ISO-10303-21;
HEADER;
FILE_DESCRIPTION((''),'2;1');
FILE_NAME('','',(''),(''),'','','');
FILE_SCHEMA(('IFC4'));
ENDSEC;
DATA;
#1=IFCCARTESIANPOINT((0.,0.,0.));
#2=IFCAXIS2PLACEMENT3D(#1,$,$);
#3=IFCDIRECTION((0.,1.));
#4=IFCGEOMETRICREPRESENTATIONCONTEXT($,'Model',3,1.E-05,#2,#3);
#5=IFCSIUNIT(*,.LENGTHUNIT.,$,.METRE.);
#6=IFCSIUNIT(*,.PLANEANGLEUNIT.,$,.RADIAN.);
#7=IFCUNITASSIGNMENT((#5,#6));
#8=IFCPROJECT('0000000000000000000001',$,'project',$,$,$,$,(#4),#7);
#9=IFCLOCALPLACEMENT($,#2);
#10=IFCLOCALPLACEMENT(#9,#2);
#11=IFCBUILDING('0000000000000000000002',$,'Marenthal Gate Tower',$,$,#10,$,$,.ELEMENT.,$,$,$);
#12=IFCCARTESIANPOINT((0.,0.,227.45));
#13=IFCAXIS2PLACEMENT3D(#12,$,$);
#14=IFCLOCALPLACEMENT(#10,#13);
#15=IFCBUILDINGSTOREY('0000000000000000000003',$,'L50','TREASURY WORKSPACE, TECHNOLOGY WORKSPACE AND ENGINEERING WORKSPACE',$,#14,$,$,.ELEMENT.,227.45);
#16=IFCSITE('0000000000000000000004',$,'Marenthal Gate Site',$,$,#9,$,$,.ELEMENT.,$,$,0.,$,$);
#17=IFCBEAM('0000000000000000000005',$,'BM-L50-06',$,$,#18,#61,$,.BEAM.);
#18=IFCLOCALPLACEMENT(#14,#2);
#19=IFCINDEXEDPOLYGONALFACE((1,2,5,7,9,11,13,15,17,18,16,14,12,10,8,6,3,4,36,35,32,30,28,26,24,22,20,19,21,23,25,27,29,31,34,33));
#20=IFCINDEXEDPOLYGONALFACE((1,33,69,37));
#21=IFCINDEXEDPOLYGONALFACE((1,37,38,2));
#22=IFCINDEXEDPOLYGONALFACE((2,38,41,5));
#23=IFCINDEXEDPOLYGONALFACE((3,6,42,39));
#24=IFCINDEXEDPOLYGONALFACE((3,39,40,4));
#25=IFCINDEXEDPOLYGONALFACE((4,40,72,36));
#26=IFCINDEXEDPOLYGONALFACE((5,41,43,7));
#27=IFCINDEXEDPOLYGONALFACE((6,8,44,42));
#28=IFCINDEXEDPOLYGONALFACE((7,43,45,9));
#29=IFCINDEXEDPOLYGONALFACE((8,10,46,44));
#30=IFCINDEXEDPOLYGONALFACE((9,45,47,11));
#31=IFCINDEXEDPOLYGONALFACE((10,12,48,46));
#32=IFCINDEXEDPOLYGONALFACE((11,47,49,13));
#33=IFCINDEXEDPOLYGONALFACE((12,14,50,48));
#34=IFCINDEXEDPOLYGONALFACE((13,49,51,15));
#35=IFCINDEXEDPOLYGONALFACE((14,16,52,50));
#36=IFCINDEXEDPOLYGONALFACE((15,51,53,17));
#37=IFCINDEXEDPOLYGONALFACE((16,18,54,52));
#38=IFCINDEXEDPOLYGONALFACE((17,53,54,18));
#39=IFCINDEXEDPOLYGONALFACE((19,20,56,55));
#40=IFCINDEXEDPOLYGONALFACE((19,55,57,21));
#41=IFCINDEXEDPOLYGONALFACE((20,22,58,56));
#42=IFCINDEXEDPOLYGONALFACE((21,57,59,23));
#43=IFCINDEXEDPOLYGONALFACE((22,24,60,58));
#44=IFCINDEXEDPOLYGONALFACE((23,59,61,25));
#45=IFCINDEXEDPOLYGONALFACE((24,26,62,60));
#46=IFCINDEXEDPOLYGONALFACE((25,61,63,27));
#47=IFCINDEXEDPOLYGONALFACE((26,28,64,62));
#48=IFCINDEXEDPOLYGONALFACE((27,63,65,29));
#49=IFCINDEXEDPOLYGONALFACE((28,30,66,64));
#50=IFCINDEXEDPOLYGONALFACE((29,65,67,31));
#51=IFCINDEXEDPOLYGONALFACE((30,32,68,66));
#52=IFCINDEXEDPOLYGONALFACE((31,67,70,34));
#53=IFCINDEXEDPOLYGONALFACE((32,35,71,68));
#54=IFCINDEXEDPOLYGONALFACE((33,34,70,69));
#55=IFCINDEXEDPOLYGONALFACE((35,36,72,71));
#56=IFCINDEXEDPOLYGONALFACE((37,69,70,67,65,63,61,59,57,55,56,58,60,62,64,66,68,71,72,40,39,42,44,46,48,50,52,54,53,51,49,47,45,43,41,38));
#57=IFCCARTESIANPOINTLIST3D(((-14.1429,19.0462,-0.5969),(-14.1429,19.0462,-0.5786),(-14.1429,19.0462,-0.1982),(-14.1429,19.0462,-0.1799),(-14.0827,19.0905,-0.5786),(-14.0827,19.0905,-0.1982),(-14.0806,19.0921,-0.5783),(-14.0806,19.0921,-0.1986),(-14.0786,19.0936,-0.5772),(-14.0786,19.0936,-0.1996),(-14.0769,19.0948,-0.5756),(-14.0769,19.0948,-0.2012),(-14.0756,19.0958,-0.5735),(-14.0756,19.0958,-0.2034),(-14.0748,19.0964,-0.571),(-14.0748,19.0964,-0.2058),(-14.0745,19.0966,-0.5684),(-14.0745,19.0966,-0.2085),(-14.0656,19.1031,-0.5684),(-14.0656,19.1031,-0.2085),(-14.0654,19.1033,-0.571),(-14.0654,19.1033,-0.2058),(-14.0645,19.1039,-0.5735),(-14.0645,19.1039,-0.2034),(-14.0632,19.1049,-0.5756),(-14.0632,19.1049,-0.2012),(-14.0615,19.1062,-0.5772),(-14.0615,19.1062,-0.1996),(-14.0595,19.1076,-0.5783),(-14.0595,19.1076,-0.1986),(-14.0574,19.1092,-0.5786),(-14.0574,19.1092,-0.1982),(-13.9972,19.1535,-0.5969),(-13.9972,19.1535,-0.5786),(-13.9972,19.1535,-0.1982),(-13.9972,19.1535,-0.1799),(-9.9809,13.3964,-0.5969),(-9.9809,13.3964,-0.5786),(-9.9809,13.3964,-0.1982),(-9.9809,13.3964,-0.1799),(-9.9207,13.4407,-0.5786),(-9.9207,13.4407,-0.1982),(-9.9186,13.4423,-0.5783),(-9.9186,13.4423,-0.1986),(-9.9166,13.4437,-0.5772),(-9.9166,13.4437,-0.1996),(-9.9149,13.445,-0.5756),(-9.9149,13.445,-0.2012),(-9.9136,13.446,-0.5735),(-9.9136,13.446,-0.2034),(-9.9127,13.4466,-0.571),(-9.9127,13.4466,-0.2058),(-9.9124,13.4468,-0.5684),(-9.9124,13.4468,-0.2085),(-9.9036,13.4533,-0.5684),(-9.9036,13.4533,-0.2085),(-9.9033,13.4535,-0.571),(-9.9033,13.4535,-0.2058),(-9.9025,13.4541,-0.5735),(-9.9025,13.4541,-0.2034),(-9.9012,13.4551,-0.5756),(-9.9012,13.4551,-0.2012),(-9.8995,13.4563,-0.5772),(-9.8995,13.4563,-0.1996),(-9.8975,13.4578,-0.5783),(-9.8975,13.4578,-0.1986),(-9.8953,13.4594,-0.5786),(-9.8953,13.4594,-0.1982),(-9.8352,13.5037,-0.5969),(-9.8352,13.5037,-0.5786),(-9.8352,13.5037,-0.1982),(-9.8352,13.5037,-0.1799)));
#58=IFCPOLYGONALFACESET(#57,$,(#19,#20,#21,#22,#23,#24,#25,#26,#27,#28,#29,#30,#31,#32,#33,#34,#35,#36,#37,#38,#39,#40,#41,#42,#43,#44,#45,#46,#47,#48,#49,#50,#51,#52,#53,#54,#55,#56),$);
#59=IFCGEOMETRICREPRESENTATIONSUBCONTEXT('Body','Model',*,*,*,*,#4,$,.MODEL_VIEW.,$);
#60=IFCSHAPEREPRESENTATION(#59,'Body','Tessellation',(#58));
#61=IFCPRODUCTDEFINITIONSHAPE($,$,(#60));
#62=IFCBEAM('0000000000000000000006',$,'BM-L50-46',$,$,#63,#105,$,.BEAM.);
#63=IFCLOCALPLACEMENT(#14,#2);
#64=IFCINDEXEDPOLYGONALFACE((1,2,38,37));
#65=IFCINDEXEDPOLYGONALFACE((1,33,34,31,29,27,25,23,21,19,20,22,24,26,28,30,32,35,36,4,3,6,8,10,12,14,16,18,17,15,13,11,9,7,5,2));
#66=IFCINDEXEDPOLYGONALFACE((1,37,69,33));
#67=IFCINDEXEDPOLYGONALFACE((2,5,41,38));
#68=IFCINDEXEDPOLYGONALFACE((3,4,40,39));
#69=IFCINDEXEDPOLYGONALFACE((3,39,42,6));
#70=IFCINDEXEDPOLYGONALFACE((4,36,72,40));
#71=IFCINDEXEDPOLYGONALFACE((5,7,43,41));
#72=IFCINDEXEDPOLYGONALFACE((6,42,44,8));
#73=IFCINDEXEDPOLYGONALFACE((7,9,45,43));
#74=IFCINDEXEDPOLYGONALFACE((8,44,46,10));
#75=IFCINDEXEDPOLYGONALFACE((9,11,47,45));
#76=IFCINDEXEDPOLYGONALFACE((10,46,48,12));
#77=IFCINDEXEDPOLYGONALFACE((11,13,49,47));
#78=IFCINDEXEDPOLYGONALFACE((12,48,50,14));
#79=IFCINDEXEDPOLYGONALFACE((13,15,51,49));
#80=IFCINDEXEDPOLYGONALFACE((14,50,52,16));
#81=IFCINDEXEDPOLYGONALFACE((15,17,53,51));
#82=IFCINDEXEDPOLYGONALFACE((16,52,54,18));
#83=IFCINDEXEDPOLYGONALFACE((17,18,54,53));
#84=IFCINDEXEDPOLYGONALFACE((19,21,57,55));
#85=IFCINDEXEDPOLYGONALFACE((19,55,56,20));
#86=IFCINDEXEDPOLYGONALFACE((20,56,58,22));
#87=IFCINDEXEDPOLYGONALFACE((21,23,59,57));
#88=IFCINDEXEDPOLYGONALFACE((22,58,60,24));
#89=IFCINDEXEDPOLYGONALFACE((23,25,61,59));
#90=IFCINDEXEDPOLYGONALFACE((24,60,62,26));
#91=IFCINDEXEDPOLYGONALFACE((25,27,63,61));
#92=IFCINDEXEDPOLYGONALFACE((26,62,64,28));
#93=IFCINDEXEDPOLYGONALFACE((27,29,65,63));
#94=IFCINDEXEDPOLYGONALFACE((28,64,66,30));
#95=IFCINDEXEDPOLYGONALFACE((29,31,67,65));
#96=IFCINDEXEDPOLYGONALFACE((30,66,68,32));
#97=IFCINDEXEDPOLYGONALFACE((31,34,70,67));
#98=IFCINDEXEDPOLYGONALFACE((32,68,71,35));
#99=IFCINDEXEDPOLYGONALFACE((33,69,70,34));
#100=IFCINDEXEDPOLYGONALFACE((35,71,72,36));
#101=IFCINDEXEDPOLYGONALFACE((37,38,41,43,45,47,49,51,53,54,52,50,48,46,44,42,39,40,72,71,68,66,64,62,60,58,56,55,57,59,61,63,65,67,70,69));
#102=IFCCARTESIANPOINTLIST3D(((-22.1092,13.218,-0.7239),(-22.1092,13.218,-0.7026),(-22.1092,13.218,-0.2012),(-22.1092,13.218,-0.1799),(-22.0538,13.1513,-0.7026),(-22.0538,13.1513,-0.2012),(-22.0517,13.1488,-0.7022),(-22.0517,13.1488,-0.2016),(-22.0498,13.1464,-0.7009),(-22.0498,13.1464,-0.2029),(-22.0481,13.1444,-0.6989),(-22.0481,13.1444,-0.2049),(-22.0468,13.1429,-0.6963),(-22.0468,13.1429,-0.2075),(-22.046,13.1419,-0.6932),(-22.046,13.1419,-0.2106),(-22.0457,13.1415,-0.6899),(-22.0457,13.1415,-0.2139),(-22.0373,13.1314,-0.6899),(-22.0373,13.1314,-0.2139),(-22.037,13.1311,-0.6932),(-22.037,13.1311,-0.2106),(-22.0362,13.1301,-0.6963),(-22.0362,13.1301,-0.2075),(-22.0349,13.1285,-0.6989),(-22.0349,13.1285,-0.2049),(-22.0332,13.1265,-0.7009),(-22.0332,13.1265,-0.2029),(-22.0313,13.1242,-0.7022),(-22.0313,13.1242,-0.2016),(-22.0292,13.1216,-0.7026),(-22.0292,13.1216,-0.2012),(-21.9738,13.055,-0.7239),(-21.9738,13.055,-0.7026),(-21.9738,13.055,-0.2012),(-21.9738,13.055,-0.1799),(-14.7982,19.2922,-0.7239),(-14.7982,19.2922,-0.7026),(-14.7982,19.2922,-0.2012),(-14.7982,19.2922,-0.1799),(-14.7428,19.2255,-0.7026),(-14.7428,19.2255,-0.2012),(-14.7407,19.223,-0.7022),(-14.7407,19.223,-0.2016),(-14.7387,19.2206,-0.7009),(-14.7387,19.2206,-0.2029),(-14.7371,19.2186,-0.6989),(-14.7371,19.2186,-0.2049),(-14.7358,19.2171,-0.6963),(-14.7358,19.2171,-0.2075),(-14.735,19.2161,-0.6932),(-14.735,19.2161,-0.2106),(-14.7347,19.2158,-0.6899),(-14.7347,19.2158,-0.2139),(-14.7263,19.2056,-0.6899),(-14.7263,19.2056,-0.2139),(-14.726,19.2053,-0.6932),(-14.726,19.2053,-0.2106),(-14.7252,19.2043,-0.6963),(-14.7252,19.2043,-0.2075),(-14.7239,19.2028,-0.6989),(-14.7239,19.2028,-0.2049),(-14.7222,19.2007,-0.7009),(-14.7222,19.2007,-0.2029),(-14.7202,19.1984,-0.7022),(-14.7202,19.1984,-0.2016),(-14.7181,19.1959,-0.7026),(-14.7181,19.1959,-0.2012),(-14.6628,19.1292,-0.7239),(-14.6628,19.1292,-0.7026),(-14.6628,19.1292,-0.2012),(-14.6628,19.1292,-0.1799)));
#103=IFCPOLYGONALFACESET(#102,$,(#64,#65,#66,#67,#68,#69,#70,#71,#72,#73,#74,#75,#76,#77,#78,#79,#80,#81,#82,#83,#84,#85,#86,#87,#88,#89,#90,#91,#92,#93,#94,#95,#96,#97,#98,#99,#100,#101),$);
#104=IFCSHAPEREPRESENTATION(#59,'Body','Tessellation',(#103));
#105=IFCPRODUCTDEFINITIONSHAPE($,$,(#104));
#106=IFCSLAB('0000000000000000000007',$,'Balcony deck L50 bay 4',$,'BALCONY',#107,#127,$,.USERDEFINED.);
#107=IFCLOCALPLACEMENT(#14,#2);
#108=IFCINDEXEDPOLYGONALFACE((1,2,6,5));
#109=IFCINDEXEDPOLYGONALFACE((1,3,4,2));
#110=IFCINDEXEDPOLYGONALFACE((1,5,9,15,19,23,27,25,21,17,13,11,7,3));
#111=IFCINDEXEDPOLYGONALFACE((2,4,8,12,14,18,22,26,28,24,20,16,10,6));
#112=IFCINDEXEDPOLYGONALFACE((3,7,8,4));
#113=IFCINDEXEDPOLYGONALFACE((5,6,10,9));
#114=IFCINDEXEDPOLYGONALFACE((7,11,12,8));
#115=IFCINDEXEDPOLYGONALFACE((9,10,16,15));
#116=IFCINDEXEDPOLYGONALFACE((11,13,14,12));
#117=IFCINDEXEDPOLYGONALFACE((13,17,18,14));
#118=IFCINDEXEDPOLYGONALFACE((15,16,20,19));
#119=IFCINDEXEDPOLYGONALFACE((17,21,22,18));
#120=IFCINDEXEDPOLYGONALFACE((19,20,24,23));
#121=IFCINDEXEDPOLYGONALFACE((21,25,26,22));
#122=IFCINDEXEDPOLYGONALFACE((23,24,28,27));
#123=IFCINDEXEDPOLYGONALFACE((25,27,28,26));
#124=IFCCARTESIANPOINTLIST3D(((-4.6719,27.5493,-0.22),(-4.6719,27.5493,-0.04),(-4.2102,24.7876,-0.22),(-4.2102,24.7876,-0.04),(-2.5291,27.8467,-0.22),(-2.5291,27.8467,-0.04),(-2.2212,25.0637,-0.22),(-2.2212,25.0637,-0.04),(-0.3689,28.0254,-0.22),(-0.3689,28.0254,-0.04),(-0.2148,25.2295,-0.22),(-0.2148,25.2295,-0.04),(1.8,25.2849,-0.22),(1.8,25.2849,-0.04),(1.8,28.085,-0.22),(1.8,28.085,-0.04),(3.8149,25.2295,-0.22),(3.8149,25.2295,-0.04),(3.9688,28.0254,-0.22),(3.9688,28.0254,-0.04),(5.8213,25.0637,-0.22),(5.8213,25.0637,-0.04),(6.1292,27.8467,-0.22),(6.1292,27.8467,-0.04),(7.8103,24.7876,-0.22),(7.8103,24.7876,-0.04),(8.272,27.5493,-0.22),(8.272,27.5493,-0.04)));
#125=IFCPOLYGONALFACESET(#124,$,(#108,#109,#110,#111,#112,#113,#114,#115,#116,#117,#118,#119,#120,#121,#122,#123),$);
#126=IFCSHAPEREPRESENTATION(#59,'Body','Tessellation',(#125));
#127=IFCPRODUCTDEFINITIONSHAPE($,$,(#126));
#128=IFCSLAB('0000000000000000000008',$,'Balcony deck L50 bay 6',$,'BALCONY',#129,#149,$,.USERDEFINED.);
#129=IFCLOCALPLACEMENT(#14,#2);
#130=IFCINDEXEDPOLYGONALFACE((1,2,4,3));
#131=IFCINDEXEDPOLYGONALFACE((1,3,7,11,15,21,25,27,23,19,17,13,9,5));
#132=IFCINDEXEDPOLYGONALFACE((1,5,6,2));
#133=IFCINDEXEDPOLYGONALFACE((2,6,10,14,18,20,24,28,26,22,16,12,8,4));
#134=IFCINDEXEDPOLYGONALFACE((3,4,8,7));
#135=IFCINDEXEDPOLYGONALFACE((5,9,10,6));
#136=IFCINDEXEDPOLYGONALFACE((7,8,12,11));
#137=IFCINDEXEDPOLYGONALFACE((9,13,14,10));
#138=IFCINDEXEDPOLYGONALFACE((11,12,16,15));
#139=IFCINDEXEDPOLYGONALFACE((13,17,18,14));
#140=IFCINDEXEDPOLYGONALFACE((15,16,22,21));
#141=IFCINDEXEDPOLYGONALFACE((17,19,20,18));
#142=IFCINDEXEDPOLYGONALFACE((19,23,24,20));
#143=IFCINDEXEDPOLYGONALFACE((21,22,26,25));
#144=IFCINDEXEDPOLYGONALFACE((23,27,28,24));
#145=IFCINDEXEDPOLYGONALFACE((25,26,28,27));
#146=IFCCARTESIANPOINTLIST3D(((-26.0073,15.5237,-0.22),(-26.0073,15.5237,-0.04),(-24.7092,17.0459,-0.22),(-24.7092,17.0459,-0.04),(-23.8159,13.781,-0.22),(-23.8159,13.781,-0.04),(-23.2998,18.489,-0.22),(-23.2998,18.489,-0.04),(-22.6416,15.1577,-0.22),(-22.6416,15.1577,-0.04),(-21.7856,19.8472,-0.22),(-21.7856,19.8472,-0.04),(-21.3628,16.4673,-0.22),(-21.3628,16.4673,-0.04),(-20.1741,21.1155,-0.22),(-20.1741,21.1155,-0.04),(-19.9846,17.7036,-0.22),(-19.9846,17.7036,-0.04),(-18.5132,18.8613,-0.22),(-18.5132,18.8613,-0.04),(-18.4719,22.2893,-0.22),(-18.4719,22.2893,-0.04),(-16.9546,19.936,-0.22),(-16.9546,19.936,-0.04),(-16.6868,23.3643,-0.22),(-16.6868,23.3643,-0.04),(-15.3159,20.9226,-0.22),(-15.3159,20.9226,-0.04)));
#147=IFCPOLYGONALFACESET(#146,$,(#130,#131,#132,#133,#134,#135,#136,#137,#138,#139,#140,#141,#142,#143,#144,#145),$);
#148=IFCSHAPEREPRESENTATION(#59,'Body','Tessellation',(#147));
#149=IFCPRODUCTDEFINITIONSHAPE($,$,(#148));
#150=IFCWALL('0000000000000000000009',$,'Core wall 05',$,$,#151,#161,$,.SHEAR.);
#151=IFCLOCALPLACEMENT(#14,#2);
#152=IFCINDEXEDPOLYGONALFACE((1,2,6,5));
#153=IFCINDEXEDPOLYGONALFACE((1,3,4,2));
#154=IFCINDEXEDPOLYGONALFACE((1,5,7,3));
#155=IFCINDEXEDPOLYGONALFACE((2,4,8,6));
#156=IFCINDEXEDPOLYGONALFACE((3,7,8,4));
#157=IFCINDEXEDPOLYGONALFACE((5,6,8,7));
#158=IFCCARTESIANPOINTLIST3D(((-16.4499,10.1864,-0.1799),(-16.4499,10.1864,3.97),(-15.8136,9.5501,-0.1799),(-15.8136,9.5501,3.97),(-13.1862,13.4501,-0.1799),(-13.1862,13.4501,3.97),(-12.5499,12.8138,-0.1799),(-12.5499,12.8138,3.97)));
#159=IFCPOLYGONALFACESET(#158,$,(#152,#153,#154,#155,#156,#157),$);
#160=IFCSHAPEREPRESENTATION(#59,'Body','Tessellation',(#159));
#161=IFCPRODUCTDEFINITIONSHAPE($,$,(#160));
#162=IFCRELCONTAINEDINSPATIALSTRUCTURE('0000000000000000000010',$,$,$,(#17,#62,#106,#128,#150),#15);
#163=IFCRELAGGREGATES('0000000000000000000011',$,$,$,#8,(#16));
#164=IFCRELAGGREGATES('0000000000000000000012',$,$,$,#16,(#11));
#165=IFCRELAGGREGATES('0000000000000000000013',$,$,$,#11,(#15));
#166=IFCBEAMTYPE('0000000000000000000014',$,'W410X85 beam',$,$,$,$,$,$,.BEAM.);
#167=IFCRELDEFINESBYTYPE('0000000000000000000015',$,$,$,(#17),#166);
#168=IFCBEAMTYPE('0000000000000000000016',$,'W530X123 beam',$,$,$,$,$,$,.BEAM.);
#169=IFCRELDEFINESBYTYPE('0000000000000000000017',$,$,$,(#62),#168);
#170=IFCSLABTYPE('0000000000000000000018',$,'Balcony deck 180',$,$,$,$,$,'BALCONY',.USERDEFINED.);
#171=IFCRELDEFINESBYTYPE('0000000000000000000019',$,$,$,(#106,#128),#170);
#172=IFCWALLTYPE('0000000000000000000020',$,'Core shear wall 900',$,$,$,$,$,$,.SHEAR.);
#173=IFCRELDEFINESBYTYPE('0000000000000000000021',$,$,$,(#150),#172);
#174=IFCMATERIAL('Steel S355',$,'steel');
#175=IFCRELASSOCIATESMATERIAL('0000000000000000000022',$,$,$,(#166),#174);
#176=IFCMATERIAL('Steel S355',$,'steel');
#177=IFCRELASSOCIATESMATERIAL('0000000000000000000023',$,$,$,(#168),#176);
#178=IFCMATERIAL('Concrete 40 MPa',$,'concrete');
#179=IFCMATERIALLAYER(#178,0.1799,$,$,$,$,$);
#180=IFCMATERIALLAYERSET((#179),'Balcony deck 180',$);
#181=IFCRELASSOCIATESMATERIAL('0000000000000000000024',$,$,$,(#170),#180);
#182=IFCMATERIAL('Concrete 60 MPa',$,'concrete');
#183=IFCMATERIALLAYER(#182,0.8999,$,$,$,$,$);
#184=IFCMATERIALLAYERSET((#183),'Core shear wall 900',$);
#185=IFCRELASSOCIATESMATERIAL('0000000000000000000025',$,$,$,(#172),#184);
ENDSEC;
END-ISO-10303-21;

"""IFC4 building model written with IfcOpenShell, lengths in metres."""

from ifc_helpers import new_model, si_unit, direction, frame, frame_2d, origin, origin_2d, place, context, subcontext, project, spatial, polyline, rectangle, i_section, outline, extrude, material, layer, layer_set, material_profile, profile_set, type_object, element, save


model = new_model("IFC4")

# Units and contexts
model_context = context("Model", 3, precision=1e-05, world=origin(), true_north=direction((0.0, 1.0)))
body_context = subcontext(model_context, "Body", "Model", "MODEL_VIEW")
ifc_project = project(units=[si_unit("LENGTHUNIT", "METRE"), si_unit("PLANEANGLEUNIT", "RADIAN")], contexts=[model_context])

# Site, building, storey
site_placement = place(None, origin())
site = spatial("IfcSite", under=ifc_project, at=site_placement, Name="Marenthal Gate Site", CompositionType="ELEMENT", RefElevation=0.0)
building_placement = place(site_placement, origin())
building = spatial("IfcBuilding", under=site, at=building_placement, Name="Marenthal Gate Tower", CompositionType="ELEMENT")
storey_placement = place(building_placement, frame((0.0, 0.0, 227.45)))
storey = spatial("IfcBuildingStorey", under=building, at=storey_placement, Name="L50", Description="TREASURY WORKSPACE, TECHNOLOGY WORKSPACE AND ENGINEERING WORKSPACE", CompositionType="ELEMENT", Elevation=227.45)

# Beams
ifc_material_1 = material(Name="Steel S355", Category="steel")
ifc_material_profile_1 = material_profile(ifc_material_1, i_section(OverallWidth=0.1809, OverallDepth=0.417, WebThickness=0.011, FlangeThickness=0.0183, FilletRadius=0.0103, at=origin_2d()), Name="W410X85")
ifc_profile_set_1 = profile_set([ifc_material_profile_1], Name="Steel S355")
beam_type_1 = type_object("IfcBeamType", Name="W410X85 beam", PredefinedType="BEAM", material=ifc_profile_set_1)
beam_1_placement = place(storey_placement, frame((-14.0701, 19.0999, -0.3884), z_axis=(0.593109, -0.805122, 0.0), x_axis=(0.805122, 0.593109, 0.0)))
element("IfcBeam", 1, at=beam_1_placement, inside=storey, type_object=beam_type_1, Name="BM-L50-06", PredefinedType="BEAM", context=body_context, shape_type="SweptSolid", body=[
    extrude(i_section(OverallWidth=0.1809, OverallDepth=0.417, WebThickness=0.011, FlangeThickness=0.0183, FilletRadius=0.0103, at=origin_2d()), origin(), (0.0, 0.0, 1.0), 7.0173),
])
ifc_material_2 = material(Name="Steel S355", Category="steel")
ifc_material_profile_2 = material_profile(ifc_material_2, i_section(OverallWidth=0.2119, OverallDepth=0.5439, WebThickness=0.0132, FlangeThickness=0.0212, FilletRadius=0.0127, at=origin_2d()), Name="W530X123")
ifc_profile_set_2 = profile_set([ifc_material_profile_2], Name="Steel S355")
beam_type_2 = type_object("IfcBeamType", Name="W530X123 beam", PredefinedType="BEAM", material=ifc_profile_set_2)
beam_2_placement = place(storey_placement, frame((-14.7305, 19.2107, -0.4519), z_axis=(-0.769168, -0.639047, 0.0), x_axis=(0.639047, -0.769168, 0.0)))
element("IfcBeam", 2, at=beam_2_placement, inside=storey, type_object=beam_type_2, Name="BM-L50-46", PredefinedType="BEAM", context=body_context, shape_type="SweptSolid", body=[
    extrude(i_section(OverallWidth=0.2119, OverallDepth=0.5439, WebThickness=0.0132, FlangeThickness=0.0212, FilletRadius=0.0127, at=origin_2d()), origin(), (0.0, 0.0, 1.0), 9.5051),
])

# Slabs
ifc_material_3 = material(Name="Concrete 40 MPa", Category="concrete")
ifc_layer_1 = layer(ifc_material_3, 0.1799)
ifc_layer_set_1 = layer_set([ifc_layer_1], Name="Balcony deck 180")
slab_type = type_object("IfcSlabType", Name="Balcony deck 180", ElementType="BALCONY", PredefinedType="USERDEFINED", material=ifc_layer_set_1)
slab_1_placement = place(storey_placement, frame((0.0, 0.0, -0.22)))
element("IfcSlab", 3, at=slab_1_placement, inside=storey, type_object=slab_type, Name="Balcony deck L50 bay 4", ObjectType="BALCONY", PredefinedType="USERDEFINED", context=body_context, shape_type="SweptSolid", body=[
    extrude(outline(polyline([(7.8103, 24.7876), (5.8213, 25.0637), (3.8149, 25.2295), (1.8, 25.2849), (-0.2148, 25.2295), (-2.2212, 25.0637), (-4.2102, 24.7876), (-4.6719, 27.5493), (-2.5291, 27.8467), (-0.3689, 28.0254), (1.8, 28.085), (3.9688, 28.0254), (6.1292, 27.8467), (8.272, 27.5493), (7.8103, 24.7876)])), origin(), (0.0, 0.0, 1.0), 0.1799),
])
slab_2_placement = place(storey_placement, frame((0.0, 0.0, -0.22)))
element("IfcSlab", 4, at=slab_2_placement, inside=storey, type_object=slab_type, Name="Balcony deck L50 bay 6", ObjectType="BALCONY", PredefinedType="USERDEFINED", context=body_context, shape_type="SweptSolid", body=[
    extrude(outline(polyline([(-15.3159, 20.9226), (-16.9546, 19.936), (-18.5132, 18.8613), (-19.9846, 17.7036), (-21.3628, 16.4673), (-22.6416, 15.1577), (-23.8159, 13.781), (-26.0073, 15.5237), (-24.7092, 17.0459), (-23.2998, 18.489), (-21.7856, 19.8472), (-20.1741, 21.1155), (-18.4719, 22.2893), (-16.6868, 23.3643), (-15.3159, 20.9226)])), origin(), (0.0, 0.0, 1.0), 0.1799),
])

# Wall
ifc_material_4 = material(Name="Concrete 60 MPa", Category="concrete")
ifc_layer_2 = layer(ifc_material_4, 0.8999)
ifc_layer_set_2 = layer_set([ifc_layer_2], Name="Core shear wall 900")
wall_type_1 = type_object("IfcWallType", Name="Core shear wall 900", PredefinedType="SHEAR", material=ifc_layer_set_2)
wall_1_placement = place(storey_placement, frame((-12.8682, 13.1318, -0.1799), z_axis=(0.0, 0.0, 1.0), x_axis=(-0.707107, -0.707107, 0.0)))
element("IfcWall", 5, at=wall_1_placement, inside=storey, type_object=wall_type_1, Name="Core wall 05", PredefinedType="SHEAR", context=body_context, shape_type="SweptSolid", body=[
    extrude(rectangle(XDim=4.6155, YDim=0.8999, at=frame_2d((2.3076, 0.0))), origin(), (0.0, 0.0, 1.0), 4.1499),
])

save(model, "model.ifc")
